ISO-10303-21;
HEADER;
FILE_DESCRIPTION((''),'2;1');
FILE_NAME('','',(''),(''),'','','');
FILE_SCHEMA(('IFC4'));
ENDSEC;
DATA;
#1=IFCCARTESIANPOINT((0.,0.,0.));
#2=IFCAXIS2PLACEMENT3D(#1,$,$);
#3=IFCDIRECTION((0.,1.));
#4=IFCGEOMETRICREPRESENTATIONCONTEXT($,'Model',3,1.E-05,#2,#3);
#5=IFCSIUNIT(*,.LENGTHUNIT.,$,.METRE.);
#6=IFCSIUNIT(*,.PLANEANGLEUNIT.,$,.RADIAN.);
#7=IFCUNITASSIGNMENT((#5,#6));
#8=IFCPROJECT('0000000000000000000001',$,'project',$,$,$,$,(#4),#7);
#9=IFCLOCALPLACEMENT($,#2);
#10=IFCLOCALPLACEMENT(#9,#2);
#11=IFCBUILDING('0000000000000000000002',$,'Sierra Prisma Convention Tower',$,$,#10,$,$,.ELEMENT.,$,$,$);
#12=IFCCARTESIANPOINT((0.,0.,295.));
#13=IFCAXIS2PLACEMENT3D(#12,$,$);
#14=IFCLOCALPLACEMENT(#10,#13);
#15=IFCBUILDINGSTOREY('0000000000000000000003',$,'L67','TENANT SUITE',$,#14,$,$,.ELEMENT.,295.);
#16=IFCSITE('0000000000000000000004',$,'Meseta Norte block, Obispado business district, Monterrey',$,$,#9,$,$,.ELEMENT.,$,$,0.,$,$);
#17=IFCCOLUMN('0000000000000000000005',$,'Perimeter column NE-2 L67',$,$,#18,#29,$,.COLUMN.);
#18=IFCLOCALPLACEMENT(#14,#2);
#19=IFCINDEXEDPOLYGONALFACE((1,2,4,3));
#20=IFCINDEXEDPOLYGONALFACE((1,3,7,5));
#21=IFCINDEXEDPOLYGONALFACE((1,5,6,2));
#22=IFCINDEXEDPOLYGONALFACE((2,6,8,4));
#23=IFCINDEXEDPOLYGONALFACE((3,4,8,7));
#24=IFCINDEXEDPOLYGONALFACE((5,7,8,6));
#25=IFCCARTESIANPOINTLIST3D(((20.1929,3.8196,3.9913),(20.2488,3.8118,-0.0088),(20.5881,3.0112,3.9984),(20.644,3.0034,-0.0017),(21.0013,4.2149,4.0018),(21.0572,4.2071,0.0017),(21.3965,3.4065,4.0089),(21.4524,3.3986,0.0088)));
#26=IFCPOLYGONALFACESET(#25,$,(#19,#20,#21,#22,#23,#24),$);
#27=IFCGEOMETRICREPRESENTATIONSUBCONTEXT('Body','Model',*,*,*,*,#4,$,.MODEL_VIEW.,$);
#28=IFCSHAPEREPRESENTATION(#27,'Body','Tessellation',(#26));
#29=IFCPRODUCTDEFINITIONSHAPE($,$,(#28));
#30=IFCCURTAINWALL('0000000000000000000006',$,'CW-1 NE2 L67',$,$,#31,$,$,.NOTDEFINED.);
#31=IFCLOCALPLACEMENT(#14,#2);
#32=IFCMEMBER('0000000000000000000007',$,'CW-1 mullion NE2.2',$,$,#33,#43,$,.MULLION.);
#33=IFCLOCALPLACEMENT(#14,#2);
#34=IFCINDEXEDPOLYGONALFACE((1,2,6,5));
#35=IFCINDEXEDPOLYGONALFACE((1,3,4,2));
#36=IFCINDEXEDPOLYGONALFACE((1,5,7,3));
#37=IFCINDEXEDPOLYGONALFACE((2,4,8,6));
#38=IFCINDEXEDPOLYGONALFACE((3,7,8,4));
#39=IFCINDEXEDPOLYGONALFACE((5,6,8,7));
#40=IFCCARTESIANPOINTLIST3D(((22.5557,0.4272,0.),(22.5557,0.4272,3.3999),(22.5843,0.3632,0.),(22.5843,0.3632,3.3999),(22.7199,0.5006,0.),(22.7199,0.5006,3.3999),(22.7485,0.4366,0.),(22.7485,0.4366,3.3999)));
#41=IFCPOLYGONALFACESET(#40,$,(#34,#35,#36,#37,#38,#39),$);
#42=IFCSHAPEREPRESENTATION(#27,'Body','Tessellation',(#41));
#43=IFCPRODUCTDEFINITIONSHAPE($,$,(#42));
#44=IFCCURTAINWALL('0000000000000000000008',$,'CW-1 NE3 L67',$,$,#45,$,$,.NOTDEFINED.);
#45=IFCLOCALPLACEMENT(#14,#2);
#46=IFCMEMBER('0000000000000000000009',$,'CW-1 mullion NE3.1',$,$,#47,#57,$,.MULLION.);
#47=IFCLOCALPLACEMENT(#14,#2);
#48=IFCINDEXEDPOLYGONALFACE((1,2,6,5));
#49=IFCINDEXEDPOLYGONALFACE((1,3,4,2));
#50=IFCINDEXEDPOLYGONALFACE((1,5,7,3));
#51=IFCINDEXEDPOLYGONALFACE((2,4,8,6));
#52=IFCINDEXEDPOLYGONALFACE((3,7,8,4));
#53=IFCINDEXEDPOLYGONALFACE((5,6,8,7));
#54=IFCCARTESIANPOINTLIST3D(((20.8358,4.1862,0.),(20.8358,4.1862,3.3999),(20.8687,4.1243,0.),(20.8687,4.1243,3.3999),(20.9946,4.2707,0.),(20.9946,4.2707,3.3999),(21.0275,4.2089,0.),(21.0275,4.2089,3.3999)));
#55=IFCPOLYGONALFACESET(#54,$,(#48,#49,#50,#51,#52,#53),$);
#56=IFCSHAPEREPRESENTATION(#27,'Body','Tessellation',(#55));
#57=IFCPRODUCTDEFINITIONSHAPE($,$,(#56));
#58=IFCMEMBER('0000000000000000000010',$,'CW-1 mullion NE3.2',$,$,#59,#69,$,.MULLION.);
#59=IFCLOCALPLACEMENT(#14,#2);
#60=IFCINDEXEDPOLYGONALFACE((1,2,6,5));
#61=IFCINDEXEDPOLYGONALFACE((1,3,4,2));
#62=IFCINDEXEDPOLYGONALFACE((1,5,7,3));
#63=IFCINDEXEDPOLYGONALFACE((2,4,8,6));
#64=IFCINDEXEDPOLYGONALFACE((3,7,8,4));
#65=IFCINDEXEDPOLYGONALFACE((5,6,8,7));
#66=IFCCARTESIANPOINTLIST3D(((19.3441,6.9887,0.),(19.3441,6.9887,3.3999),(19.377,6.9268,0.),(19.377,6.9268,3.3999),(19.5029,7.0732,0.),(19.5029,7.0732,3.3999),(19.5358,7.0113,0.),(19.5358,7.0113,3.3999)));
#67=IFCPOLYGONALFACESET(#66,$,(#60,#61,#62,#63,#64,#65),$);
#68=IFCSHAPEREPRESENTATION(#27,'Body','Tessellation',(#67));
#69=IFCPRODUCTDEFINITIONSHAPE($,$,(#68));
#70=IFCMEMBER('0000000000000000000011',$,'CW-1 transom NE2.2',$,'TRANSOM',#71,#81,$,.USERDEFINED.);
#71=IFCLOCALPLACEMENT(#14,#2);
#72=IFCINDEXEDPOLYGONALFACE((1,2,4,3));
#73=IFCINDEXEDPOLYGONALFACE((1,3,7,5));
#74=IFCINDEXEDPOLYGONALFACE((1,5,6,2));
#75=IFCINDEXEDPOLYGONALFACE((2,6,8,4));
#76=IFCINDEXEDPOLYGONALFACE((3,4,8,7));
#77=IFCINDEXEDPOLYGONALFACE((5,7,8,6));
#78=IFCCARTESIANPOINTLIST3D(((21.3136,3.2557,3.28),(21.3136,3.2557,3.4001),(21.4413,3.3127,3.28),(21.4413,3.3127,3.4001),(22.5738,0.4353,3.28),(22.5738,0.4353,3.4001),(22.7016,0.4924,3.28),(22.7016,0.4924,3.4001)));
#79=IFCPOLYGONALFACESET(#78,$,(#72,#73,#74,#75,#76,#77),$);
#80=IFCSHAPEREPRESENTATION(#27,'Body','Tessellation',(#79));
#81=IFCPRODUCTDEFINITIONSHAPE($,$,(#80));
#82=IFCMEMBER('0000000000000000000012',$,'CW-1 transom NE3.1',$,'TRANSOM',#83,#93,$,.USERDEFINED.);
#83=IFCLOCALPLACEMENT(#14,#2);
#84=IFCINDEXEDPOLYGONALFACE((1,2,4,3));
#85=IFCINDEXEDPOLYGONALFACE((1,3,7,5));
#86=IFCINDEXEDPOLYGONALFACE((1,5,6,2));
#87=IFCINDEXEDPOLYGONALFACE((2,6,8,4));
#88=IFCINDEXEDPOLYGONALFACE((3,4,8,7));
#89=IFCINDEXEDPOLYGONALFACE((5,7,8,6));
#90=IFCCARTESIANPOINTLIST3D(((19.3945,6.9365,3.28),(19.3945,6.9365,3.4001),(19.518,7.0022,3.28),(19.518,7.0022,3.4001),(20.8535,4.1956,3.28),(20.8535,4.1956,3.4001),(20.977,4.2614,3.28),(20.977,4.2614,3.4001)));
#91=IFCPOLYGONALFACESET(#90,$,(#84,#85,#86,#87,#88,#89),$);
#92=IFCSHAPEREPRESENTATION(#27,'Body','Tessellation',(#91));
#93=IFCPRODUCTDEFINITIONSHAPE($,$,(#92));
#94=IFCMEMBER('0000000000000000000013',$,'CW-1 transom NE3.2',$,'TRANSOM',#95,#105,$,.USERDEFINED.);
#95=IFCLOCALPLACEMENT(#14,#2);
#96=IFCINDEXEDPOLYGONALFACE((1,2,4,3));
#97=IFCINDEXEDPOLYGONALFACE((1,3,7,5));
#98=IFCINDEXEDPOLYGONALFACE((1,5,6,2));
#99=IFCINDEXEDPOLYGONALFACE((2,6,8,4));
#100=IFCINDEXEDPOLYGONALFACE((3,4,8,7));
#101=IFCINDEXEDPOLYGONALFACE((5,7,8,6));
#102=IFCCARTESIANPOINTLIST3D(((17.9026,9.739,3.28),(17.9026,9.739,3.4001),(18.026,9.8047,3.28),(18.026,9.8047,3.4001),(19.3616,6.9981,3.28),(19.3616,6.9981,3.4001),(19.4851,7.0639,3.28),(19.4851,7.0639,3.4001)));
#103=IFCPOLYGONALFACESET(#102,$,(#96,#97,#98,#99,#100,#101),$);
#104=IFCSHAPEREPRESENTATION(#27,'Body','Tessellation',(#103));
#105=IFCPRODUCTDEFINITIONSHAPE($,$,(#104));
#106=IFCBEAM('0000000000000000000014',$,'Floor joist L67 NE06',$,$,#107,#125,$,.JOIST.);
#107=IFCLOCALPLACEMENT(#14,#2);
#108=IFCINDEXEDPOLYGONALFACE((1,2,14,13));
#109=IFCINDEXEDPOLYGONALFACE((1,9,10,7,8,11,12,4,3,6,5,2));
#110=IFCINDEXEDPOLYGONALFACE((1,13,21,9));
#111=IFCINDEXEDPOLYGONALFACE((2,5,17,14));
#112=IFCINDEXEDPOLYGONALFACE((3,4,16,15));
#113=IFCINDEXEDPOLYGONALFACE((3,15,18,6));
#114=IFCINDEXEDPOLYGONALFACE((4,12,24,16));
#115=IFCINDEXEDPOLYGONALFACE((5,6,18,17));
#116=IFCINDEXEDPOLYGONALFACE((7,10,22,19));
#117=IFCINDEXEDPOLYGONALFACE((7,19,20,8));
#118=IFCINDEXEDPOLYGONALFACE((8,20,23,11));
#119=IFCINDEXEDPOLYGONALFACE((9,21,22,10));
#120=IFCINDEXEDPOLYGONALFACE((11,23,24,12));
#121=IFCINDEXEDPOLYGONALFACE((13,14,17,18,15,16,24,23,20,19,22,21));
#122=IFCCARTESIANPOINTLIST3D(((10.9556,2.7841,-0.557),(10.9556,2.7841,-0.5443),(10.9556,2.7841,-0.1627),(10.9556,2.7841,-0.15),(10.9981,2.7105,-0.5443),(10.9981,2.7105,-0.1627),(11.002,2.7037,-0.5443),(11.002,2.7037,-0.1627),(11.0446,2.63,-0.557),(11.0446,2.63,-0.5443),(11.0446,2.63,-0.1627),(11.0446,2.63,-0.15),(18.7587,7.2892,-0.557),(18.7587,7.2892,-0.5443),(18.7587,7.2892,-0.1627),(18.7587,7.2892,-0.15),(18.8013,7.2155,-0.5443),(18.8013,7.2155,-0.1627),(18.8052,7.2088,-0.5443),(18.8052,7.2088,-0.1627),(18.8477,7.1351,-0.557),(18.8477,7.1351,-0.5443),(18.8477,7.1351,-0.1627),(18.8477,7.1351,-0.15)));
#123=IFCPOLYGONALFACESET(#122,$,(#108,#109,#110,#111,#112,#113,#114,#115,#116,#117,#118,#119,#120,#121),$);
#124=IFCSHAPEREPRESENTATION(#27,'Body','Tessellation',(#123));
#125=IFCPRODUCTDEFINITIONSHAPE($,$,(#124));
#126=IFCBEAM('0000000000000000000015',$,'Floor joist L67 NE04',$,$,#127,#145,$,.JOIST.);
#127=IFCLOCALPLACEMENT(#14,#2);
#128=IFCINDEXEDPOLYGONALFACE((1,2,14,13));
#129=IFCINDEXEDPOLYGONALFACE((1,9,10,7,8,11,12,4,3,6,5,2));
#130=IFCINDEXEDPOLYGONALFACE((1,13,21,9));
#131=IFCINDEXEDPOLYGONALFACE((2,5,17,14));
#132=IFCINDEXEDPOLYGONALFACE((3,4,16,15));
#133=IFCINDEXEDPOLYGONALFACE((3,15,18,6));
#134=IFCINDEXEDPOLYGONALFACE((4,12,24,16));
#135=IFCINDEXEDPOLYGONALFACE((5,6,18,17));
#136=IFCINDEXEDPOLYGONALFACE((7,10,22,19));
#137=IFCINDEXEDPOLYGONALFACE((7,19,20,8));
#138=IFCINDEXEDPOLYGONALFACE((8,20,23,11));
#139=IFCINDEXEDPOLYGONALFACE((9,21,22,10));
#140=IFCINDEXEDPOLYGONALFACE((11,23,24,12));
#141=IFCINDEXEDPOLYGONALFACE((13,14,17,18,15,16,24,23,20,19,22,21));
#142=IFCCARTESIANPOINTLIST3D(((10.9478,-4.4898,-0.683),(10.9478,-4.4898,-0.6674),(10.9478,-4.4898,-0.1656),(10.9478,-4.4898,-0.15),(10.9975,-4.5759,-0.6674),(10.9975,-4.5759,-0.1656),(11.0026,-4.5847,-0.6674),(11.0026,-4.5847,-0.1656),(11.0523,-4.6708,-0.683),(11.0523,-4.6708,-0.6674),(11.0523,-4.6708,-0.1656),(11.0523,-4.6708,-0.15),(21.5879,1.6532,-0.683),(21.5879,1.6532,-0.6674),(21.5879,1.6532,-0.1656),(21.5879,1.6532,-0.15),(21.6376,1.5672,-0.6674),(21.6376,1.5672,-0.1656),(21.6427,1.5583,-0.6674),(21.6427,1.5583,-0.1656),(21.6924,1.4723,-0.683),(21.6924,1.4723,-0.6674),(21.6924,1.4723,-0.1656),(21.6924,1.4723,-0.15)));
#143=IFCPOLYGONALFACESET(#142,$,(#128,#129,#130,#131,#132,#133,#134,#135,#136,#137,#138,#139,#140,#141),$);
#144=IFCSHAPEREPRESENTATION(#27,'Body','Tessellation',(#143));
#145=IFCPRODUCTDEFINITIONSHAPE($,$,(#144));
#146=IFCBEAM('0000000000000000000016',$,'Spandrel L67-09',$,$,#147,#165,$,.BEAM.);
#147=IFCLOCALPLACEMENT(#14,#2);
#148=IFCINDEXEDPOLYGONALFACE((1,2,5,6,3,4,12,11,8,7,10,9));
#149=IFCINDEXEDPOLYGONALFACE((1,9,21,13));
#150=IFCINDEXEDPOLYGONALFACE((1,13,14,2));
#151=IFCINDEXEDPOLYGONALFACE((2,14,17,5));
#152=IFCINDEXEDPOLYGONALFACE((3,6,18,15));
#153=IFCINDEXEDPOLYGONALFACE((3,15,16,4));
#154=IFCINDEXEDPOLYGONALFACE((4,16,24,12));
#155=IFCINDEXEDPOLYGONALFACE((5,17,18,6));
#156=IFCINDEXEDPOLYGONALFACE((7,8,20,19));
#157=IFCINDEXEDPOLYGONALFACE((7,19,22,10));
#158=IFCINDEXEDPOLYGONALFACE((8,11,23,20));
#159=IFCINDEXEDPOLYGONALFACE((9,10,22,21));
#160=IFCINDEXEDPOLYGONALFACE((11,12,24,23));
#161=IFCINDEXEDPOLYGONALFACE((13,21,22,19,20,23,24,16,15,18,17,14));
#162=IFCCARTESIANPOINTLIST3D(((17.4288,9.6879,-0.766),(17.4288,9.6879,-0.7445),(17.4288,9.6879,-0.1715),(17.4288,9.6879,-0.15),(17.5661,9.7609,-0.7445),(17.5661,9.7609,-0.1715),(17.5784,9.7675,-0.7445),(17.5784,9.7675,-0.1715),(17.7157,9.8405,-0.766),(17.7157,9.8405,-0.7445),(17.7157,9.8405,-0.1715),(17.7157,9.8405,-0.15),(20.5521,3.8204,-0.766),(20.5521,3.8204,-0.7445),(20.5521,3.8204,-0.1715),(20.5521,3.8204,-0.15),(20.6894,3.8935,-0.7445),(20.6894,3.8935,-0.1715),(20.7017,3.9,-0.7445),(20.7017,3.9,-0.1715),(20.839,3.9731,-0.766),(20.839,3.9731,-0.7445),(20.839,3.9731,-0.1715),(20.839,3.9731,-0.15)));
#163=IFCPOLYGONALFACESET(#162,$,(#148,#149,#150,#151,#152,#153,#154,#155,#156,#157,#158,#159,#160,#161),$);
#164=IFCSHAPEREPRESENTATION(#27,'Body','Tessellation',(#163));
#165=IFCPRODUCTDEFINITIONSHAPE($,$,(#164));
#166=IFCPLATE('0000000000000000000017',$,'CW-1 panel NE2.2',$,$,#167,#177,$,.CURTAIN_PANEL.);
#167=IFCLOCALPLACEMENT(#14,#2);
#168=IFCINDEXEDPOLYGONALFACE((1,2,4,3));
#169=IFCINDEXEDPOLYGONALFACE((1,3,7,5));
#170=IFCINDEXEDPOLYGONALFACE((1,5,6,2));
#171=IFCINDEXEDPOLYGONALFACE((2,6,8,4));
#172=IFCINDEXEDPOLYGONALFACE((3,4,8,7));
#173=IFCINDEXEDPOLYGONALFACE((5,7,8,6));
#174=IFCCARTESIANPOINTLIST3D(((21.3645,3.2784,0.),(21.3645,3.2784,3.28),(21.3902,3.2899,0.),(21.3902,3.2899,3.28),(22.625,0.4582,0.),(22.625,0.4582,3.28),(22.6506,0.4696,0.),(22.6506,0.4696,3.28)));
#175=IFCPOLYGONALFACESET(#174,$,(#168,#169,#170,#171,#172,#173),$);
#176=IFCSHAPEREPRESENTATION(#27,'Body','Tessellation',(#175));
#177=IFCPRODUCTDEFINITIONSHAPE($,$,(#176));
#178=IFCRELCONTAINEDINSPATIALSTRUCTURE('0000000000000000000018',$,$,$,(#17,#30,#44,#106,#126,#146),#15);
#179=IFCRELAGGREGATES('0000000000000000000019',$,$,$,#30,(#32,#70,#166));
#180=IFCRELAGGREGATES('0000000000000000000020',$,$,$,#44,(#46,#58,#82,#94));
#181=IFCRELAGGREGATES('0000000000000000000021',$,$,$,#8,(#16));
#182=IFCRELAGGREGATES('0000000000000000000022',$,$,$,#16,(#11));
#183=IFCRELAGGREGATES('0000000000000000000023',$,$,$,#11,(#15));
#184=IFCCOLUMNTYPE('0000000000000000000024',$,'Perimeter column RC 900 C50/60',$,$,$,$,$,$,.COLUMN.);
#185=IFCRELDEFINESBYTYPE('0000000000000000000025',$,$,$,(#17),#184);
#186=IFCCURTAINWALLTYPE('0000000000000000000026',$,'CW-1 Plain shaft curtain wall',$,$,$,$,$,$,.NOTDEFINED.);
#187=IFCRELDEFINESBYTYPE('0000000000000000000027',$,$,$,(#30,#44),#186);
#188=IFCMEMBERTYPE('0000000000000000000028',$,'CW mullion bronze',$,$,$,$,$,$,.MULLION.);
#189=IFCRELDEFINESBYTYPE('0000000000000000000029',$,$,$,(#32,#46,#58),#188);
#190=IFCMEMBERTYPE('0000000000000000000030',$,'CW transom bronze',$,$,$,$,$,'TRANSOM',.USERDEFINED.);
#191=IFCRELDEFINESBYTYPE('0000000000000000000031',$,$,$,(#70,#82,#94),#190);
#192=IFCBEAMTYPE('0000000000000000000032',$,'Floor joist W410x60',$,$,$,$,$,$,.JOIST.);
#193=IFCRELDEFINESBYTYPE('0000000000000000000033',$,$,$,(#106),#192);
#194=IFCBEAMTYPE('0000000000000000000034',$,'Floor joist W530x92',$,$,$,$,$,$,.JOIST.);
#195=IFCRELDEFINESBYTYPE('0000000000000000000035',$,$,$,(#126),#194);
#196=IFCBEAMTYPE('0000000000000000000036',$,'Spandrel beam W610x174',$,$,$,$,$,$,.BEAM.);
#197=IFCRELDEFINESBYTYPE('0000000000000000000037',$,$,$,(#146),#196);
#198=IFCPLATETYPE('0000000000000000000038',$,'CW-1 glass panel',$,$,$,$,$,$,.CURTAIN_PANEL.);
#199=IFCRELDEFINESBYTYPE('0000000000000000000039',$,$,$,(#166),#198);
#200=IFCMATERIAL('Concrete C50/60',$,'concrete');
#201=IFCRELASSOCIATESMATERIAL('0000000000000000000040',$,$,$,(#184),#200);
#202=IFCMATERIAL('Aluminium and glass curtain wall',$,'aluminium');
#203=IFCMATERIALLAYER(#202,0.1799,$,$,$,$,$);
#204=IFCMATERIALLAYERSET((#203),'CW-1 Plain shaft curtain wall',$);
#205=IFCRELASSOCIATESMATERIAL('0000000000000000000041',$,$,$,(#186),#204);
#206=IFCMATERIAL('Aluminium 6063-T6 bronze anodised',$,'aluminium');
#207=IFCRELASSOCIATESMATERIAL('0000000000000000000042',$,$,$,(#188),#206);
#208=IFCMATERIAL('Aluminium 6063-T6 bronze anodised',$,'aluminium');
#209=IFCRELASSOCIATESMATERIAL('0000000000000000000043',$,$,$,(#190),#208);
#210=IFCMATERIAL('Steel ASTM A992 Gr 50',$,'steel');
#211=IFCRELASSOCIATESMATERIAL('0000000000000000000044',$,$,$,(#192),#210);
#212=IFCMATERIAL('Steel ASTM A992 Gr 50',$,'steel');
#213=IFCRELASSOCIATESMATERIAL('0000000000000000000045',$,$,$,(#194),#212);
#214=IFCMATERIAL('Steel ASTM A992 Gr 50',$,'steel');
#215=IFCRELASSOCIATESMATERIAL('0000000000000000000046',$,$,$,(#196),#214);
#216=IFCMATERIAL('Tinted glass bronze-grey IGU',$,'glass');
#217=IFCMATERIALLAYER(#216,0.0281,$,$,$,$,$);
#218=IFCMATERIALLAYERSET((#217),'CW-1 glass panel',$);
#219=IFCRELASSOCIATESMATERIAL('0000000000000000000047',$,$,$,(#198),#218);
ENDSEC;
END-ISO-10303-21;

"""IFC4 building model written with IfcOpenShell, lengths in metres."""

from ifc_helpers import new_model, si_unit, direction, frame, origin, origin_2d, place, context, subcontext, project, spatial, rectangle, i_section, extrude, material, layer, layer_set, material_profile, profile_set, type_object, element, aggregate, save


model = new_model("IFC4")

# Units and contexts
model_context = context("Model", 3, precision=1e-05, world=origin(), true_north=direction((0.0, 1.0)))
body_context = subcontext(model_context, "Body", "Model", "MODEL_VIEW")
ifc_project = project(units=[si_unit("LENGTHUNIT", "METRE"), si_unit("PLANEANGLEUNIT", "RADIAN")], contexts=[model_context])

# Site, building, storey
site_placement = place(None, origin())
site = spatial("IfcSite", under=ifc_project, at=site_placement, Name="Meseta Norte block, Obispado business district, Monterrey", CompositionType="ELEMENT", RefElevation=0.0)
building_placement = place(site_placement, origin())
building = spatial("IfcBuilding", under=site, at=building_placement, Name="Sierra Prisma Convention Tower", CompositionType="ELEMENT")
storey_placement = place(building_placement, frame((0.0, 0.0, 295.0)))
storey = spatial("IfcBuildingStorey", under=building, at=storey_placement, Name="L67", Description="TENANT SUITE", CompositionType="ELEMENT", Elevation=295.0)

# Column
ifc_material_1 = material(Name="Concrete C50/60", Category="concrete")
ifc_material_profile_1 = material_profile(ifc_material_1, rectangle(XDim=0.8999, YDim=0.8999, at=origin_2d()), Name="Perimeter column RC 900 C50/60")
ifc_profile_set_1 = profile_set([ifc_material_profile_1], Name="Concrete C50/60")
column_type = type_object("IfcColumnType", Name="Perimeter column RC 900 C50/60", PredefinedType="COLUMN", material=ifc_profile_set_1)
column_placement = place(storey_placement, frame((20.8506, 3.6052, 0.0), z_axis=(-0.013976, 0.001953, 0.9999), x_axis=(-0.439175, 0.898367, -0.007893)))
element("IfcColumn", 1, at=column_placement, inside=storey, type_object=column_type, Name="Perimeter column NE-2 L67", PredefinedType="COLUMN", context=body_context, shape_type="SweptSolid", body=[
    extrude(rectangle(XDim=0.8999, YDim=0.8999, at=origin_2d()), origin(), (0.0, 0.0, 1.0), 4.0005),
])

# Curtain wall, member
ifc_material_2 = material(Name="Aluminium and glass curtain wall", Category="aluminium")
ifc_layer_1 = layer(ifc_material_2, 0.1799)
ifc_layer_set_1 = layer_set([ifc_layer_1], Name="CW-1 Plain shaft curtain wall")
curtain_wall_type = type_object("IfcCurtainWallType", Name="CW-1 Plain shaft curtain wall", PredefinedType="NOTDEFINED", material=ifc_layer_set_1)
curtain_wall_1_placement = place(storey_placement, origin())
curtain_wall_1 = element("IfcCurtainWall", 2, at=curtain_wall_1_placement, inside=storey, type_object=curtain_wall_type, Name="CW-1 NE2 L67", PredefinedType="NOTDEFINED")
ifc_material_3 = material(Name="Aluminium 6063-T6 bronze anodised", Category="aluminium")
ifc_material_profile_2 = material_profile(ifc_material_3, rectangle(XDim=0.1799, YDim=0.0701, at=origin_2d()), Name="ALU MULLION 70x180")
ifc_profile_set_2 = profile_set([ifc_material_profile_2], Name="Aluminium 6063-T6 bronze anodised")
member_type_1 = type_object("IfcMemberType", Name="CW mullion bronze", PredefinedType="MULLION", material=ifc_profile_set_2)
member_1_placement = place(storey_placement, frame((22.6521, 0.4319, 0.0), z_axis=(0.0, 0.0, 1.0), x_axis=(-0.912969, -0.408028, 0.0)))
member_1 = element("IfcMember", 3, at=member_1_placement, type_object=member_type_1, Name="CW-1 mullion NE2.2", PredefinedType="MULLION", context=body_context, shape_type="SweptSolid", body=[
    extrude(rectangle(XDim=0.1799, YDim=0.0701, at=origin_2d()), origin(), (0.0, 0.0, 1.0), 3.3999),
])

# Curtain wall, members
curtain_wall_2_placement = place(storey_placement, origin())
curtain_wall_2 = element("IfcCurtainWall", 4, at=curtain_wall_2_placement, inside=storey, type_object=curtain_wall_type, Name="CW-1 NE3 L67", PredefinedType="NOTDEFINED")
member_2_placement = place(storey_placement, frame((20.9316, 4.1975, 0.0), z_axis=(0.0, 0.0, 1.0), x_axis=(-0.882726, -0.469888, 0.0)))
member_2 = element("IfcMember", 5, at=member_2_placement, type_object=member_type_1, Name="CW-1 mullion NE3.1", PredefinedType="MULLION", context=body_context, shape_type="SweptSolid", body=[
    extrude(rectangle(XDim=0.1799, YDim=0.0701, at=origin_2d()), origin(), (0.0, 0.0, 1.0), 3.3999),
])
member_3_placement = place(storey_placement, frame((19.4399, 7.0, 0.0), z_axis=(0.0, 0.0, 1.0), x_axis=(-0.882726, -0.469888, 0.0)))
member_3 = element("IfcMember", 6, at=member_3_placement, type_object=member_type_1, Name="CW-1 mullion NE3.2", PredefinedType="MULLION", context=body_context, shape_type="SweptSolid", body=[
    extrude(rectangle(XDim=0.1799, YDim=0.0701, at=origin_2d()), origin(), (0.0, 0.0, 1.0), 3.3999),
])

# Members
ifc_material_4 = material(Name="Aluminium 6063-T6 bronze anodised", Category="aluminium")
ifc_material_profile_3 = material_profile(ifc_material_4, rectangle(XDim=0.1399, YDim=0.1201, at=origin_2d()), Name="ALU TRANSOM 120x140")
ifc_profile_set_3 = profile_set([ifc_material_profile_3], Name="Aluminium 6063-T6 bronze anodised")
member_type_2 = type_object("IfcMemberType", Name="CW transom bronze", ElementType="TRANSOM", PredefinedType="USERDEFINED", material=ifc_profile_set_3)
member_4_placement = place(storey_placement, frame((22.6377, 0.4639, 3.3401), z_axis=(-0.407971, 0.912995, 0.0), x_axis=(-0.912995, -0.407971, 0.0)))
member_4 = element("IfcMember", 7, at=member_4_placement, type_object=member_type_2, Name="CW-1 transom NE2.2", ObjectType="TRANSOM", PredefinedType="USERDEFINED", context=body_context, shape_type="SweptSolid", body=[
    extrude(rectangle(XDim=0.1399, YDim=0.1201, at=origin_2d()), origin(), (0.0, 0.0, 1.0), 3.0891),
])
member_5_placement = place(storey_placement, frame((20.9153, 4.2285, 3.3401), z_axis=(-0.469902, 0.882718, 0.0), x_axis=(-0.882718, -0.469902, 0.0)))
member_5 = element("IfcMember", 8, at=member_5_placement, type_object=member_type_2, Name="CW-1 transom NE3.1", ObjectType="TRANSOM", PredefinedType="USERDEFINED", context=body_context, shape_type="SweptSolid", body=[
    extrude(rectangle(XDim=0.1399, YDim=0.1201, at=origin_2d()), origin(), (0.0, 0.0, 1.0), 3.105),
])
member_6_placement = place(storey_placement, frame((19.4233, 7.031, 3.3401), z_axis=(-0.469902, 0.882718, 0.0), x_axis=(-0.882718, -0.469902, 0.0)))
member_6 = element("IfcMember", 9, at=member_6_placement, type_object=member_type_2, Name="CW-1 transom NE3.2", ObjectType="TRANSOM", PredefinedType="USERDEFINED", context=body_context, shape_type="SweptSolid", body=[
    extrude(rectangle(XDim=0.1399, YDim=0.1201, at=origin_2d()), origin(), (0.0, 0.0, 1.0), 3.105),
])

# Beams
ifc_material_5 = material(Name="Steel ASTM A992 Gr 50", Category="steel")
ifc_material_profile_4 = material_profile(ifc_material_5, i_section(OverallWidth=0.178, OverallDepth=0.407, WebThickness=0.0078, FlangeThickness=0.0127, at=origin_2d()), Name="W410x60")
ifc_profile_set_4 = profile_set([ifc_material_profile_4], Name="Steel ASTM A992 Gr 50")
beam_type_1 = type_object("IfcBeamType", Name="Floor joist W410x60", PredefinedType="JOIST", material=ifc_profile_set_4)
beam_1_placement = place(storey_placement, frame((18.8032, 7.2122, -0.3535), z_axis=(-0.866029, -0.499995, 0.0), x_axis=(0.499995, -0.866029, 0.0)))
element("IfcBeam", 10, at=beam_1_placement, inside=storey, type_object=beam_type_1, Name="Floor joist L67 NE06", PredefinedType="JOIST", context=body_context, shape_type="SweptSolid", body=[
    extrude(i_section(OverallWidth=0.178, OverallDepth=0.407, WebThickness=0.0078, FlangeThickness=0.0127, at=origin_2d()), origin(), (0.0, 0.0, 1.0), 9.0103),
])
ifc_material_6 = material(Name="Steel ASTM A992 Gr 50", Category="steel")
ifc_material_profile_5 = material_profile(ifc_material_6, i_section(OverallWidth=0.209, OverallDepth=0.533, WebThickness=0.0103, FlangeThickness=0.0156, at=origin_2d()), Name="W530x92")
ifc_profile_set_5 = profile_set([ifc_material_profile_5], Name="Steel ASTM A992 Gr 50")
beam_type_2 = type_object("IfcBeamType", Name="Floor joist W530x92", PredefinedType="JOIST", material=ifc_profile_set_5)
beam_2_placement = place(storey_placement, frame((21.6401, 1.5627, -0.4165), z_axis=(-0.866026, -0.499999, 0.0), x_axis=(0.499999, -0.866026, 0.0)))
element("IfcBeam", 11, at=beam_2_placement, inside=storey, type_object=beam_type_2, Name="Floor joist L67 NE04", PredefinedType="JOIST", context=body_context, shape_type="SweptSolid", body=[
    extrude(i_section(OverallWidth=0.209, OverallDepth=0.533, WebThickness=0.0103, FlangeThickness=0.0156, at=origin_2d()), origin(), (0.0, 0.0, 1.0), 12.2861),
])
ifc_material_7 = material(Name="Steel ASTM A992 Gr 50", Category="steel")
ifc_material_profile_6 = material_profile(ifc_material_7, i_section(OverallWidth=0.325, OverallDepth=0.616, WebThickness=0.0139, FlangeThickness=0.0215, at=origin_2d()), Name="W610x174")
ifc_profile_set_6 = profile_set([ifc_material_profile_6], Name="Steel ASTM A992 Gr 50")
beam_type_3 = type_object("IfcBeamType", Name="Spandrel beam W610x174", PredefinedType="BEAM", material=ifc_profile_set_6)
beam_3_placement = place(storey_placement, frame((20.6956, 3.8967, -0.458), z_axis=(-0.469885, 0.882728, 0.0), x_axis=(-0.882728, -0.469885, 0.0)))
element("IfcBeam", 12, at=beam_3_placement, inside=storey, type_object=beam_type_3, Name="Spandrel L67-09", PredefinedType="BEAM", context=body_context, shape_type="SweptSolid", body=[
    extrude(i_section(OverallWidth=0.325, OverallDepth=0.616, WebThickness=0.0139, FlangeThickness=0.0215, at=origin_2d()), origin(), (0.0, 0.0, 1.0), 6.647),
])

# Plate
ifc_material_8 = material(Name="Tinted glass bronze-grey IGU", Category="glass")
ifc_layer_2 = layer(ifc_material_8, 0.0281)
ifc_layer_set_2 = layer_set([ifc_layer_2], Name="CW-1 glass panel")
plate_type = type_object("IfcPlateType", Name="CW-1 glass panel", PredefinedType="CURTAIN_PANEL", material=ifc_layer_set_2)
plate_1_placement = place(storey_placement, frame((22.0076, 1.874, 0.0), z_axis=(0.0, 0.0, 1.0), x_axis=(-0.408028, 0.912969, 0.0)))
plate_1 = element("IfcPlate", 13, at=plate_1_placement, type_object=plate_type, Name="CW-1 panel NE2.2", PredefinedType="CURTAIN_PANEL", context=body_context, shape_type="SweptSolid", body=[
    extrude(rectangle(XDim=3.0891, YDim=0.0281, at=origin_2d()), origin(), (0.0, 0.0, 1.0), 3.28),
])
aggregate(curtain_wall_1, [member_1, member_4, plate_1])
aggregate(curtain_wall_2, [member_2, member_3, member_5, member_6])

save(model, "model.ifc")
